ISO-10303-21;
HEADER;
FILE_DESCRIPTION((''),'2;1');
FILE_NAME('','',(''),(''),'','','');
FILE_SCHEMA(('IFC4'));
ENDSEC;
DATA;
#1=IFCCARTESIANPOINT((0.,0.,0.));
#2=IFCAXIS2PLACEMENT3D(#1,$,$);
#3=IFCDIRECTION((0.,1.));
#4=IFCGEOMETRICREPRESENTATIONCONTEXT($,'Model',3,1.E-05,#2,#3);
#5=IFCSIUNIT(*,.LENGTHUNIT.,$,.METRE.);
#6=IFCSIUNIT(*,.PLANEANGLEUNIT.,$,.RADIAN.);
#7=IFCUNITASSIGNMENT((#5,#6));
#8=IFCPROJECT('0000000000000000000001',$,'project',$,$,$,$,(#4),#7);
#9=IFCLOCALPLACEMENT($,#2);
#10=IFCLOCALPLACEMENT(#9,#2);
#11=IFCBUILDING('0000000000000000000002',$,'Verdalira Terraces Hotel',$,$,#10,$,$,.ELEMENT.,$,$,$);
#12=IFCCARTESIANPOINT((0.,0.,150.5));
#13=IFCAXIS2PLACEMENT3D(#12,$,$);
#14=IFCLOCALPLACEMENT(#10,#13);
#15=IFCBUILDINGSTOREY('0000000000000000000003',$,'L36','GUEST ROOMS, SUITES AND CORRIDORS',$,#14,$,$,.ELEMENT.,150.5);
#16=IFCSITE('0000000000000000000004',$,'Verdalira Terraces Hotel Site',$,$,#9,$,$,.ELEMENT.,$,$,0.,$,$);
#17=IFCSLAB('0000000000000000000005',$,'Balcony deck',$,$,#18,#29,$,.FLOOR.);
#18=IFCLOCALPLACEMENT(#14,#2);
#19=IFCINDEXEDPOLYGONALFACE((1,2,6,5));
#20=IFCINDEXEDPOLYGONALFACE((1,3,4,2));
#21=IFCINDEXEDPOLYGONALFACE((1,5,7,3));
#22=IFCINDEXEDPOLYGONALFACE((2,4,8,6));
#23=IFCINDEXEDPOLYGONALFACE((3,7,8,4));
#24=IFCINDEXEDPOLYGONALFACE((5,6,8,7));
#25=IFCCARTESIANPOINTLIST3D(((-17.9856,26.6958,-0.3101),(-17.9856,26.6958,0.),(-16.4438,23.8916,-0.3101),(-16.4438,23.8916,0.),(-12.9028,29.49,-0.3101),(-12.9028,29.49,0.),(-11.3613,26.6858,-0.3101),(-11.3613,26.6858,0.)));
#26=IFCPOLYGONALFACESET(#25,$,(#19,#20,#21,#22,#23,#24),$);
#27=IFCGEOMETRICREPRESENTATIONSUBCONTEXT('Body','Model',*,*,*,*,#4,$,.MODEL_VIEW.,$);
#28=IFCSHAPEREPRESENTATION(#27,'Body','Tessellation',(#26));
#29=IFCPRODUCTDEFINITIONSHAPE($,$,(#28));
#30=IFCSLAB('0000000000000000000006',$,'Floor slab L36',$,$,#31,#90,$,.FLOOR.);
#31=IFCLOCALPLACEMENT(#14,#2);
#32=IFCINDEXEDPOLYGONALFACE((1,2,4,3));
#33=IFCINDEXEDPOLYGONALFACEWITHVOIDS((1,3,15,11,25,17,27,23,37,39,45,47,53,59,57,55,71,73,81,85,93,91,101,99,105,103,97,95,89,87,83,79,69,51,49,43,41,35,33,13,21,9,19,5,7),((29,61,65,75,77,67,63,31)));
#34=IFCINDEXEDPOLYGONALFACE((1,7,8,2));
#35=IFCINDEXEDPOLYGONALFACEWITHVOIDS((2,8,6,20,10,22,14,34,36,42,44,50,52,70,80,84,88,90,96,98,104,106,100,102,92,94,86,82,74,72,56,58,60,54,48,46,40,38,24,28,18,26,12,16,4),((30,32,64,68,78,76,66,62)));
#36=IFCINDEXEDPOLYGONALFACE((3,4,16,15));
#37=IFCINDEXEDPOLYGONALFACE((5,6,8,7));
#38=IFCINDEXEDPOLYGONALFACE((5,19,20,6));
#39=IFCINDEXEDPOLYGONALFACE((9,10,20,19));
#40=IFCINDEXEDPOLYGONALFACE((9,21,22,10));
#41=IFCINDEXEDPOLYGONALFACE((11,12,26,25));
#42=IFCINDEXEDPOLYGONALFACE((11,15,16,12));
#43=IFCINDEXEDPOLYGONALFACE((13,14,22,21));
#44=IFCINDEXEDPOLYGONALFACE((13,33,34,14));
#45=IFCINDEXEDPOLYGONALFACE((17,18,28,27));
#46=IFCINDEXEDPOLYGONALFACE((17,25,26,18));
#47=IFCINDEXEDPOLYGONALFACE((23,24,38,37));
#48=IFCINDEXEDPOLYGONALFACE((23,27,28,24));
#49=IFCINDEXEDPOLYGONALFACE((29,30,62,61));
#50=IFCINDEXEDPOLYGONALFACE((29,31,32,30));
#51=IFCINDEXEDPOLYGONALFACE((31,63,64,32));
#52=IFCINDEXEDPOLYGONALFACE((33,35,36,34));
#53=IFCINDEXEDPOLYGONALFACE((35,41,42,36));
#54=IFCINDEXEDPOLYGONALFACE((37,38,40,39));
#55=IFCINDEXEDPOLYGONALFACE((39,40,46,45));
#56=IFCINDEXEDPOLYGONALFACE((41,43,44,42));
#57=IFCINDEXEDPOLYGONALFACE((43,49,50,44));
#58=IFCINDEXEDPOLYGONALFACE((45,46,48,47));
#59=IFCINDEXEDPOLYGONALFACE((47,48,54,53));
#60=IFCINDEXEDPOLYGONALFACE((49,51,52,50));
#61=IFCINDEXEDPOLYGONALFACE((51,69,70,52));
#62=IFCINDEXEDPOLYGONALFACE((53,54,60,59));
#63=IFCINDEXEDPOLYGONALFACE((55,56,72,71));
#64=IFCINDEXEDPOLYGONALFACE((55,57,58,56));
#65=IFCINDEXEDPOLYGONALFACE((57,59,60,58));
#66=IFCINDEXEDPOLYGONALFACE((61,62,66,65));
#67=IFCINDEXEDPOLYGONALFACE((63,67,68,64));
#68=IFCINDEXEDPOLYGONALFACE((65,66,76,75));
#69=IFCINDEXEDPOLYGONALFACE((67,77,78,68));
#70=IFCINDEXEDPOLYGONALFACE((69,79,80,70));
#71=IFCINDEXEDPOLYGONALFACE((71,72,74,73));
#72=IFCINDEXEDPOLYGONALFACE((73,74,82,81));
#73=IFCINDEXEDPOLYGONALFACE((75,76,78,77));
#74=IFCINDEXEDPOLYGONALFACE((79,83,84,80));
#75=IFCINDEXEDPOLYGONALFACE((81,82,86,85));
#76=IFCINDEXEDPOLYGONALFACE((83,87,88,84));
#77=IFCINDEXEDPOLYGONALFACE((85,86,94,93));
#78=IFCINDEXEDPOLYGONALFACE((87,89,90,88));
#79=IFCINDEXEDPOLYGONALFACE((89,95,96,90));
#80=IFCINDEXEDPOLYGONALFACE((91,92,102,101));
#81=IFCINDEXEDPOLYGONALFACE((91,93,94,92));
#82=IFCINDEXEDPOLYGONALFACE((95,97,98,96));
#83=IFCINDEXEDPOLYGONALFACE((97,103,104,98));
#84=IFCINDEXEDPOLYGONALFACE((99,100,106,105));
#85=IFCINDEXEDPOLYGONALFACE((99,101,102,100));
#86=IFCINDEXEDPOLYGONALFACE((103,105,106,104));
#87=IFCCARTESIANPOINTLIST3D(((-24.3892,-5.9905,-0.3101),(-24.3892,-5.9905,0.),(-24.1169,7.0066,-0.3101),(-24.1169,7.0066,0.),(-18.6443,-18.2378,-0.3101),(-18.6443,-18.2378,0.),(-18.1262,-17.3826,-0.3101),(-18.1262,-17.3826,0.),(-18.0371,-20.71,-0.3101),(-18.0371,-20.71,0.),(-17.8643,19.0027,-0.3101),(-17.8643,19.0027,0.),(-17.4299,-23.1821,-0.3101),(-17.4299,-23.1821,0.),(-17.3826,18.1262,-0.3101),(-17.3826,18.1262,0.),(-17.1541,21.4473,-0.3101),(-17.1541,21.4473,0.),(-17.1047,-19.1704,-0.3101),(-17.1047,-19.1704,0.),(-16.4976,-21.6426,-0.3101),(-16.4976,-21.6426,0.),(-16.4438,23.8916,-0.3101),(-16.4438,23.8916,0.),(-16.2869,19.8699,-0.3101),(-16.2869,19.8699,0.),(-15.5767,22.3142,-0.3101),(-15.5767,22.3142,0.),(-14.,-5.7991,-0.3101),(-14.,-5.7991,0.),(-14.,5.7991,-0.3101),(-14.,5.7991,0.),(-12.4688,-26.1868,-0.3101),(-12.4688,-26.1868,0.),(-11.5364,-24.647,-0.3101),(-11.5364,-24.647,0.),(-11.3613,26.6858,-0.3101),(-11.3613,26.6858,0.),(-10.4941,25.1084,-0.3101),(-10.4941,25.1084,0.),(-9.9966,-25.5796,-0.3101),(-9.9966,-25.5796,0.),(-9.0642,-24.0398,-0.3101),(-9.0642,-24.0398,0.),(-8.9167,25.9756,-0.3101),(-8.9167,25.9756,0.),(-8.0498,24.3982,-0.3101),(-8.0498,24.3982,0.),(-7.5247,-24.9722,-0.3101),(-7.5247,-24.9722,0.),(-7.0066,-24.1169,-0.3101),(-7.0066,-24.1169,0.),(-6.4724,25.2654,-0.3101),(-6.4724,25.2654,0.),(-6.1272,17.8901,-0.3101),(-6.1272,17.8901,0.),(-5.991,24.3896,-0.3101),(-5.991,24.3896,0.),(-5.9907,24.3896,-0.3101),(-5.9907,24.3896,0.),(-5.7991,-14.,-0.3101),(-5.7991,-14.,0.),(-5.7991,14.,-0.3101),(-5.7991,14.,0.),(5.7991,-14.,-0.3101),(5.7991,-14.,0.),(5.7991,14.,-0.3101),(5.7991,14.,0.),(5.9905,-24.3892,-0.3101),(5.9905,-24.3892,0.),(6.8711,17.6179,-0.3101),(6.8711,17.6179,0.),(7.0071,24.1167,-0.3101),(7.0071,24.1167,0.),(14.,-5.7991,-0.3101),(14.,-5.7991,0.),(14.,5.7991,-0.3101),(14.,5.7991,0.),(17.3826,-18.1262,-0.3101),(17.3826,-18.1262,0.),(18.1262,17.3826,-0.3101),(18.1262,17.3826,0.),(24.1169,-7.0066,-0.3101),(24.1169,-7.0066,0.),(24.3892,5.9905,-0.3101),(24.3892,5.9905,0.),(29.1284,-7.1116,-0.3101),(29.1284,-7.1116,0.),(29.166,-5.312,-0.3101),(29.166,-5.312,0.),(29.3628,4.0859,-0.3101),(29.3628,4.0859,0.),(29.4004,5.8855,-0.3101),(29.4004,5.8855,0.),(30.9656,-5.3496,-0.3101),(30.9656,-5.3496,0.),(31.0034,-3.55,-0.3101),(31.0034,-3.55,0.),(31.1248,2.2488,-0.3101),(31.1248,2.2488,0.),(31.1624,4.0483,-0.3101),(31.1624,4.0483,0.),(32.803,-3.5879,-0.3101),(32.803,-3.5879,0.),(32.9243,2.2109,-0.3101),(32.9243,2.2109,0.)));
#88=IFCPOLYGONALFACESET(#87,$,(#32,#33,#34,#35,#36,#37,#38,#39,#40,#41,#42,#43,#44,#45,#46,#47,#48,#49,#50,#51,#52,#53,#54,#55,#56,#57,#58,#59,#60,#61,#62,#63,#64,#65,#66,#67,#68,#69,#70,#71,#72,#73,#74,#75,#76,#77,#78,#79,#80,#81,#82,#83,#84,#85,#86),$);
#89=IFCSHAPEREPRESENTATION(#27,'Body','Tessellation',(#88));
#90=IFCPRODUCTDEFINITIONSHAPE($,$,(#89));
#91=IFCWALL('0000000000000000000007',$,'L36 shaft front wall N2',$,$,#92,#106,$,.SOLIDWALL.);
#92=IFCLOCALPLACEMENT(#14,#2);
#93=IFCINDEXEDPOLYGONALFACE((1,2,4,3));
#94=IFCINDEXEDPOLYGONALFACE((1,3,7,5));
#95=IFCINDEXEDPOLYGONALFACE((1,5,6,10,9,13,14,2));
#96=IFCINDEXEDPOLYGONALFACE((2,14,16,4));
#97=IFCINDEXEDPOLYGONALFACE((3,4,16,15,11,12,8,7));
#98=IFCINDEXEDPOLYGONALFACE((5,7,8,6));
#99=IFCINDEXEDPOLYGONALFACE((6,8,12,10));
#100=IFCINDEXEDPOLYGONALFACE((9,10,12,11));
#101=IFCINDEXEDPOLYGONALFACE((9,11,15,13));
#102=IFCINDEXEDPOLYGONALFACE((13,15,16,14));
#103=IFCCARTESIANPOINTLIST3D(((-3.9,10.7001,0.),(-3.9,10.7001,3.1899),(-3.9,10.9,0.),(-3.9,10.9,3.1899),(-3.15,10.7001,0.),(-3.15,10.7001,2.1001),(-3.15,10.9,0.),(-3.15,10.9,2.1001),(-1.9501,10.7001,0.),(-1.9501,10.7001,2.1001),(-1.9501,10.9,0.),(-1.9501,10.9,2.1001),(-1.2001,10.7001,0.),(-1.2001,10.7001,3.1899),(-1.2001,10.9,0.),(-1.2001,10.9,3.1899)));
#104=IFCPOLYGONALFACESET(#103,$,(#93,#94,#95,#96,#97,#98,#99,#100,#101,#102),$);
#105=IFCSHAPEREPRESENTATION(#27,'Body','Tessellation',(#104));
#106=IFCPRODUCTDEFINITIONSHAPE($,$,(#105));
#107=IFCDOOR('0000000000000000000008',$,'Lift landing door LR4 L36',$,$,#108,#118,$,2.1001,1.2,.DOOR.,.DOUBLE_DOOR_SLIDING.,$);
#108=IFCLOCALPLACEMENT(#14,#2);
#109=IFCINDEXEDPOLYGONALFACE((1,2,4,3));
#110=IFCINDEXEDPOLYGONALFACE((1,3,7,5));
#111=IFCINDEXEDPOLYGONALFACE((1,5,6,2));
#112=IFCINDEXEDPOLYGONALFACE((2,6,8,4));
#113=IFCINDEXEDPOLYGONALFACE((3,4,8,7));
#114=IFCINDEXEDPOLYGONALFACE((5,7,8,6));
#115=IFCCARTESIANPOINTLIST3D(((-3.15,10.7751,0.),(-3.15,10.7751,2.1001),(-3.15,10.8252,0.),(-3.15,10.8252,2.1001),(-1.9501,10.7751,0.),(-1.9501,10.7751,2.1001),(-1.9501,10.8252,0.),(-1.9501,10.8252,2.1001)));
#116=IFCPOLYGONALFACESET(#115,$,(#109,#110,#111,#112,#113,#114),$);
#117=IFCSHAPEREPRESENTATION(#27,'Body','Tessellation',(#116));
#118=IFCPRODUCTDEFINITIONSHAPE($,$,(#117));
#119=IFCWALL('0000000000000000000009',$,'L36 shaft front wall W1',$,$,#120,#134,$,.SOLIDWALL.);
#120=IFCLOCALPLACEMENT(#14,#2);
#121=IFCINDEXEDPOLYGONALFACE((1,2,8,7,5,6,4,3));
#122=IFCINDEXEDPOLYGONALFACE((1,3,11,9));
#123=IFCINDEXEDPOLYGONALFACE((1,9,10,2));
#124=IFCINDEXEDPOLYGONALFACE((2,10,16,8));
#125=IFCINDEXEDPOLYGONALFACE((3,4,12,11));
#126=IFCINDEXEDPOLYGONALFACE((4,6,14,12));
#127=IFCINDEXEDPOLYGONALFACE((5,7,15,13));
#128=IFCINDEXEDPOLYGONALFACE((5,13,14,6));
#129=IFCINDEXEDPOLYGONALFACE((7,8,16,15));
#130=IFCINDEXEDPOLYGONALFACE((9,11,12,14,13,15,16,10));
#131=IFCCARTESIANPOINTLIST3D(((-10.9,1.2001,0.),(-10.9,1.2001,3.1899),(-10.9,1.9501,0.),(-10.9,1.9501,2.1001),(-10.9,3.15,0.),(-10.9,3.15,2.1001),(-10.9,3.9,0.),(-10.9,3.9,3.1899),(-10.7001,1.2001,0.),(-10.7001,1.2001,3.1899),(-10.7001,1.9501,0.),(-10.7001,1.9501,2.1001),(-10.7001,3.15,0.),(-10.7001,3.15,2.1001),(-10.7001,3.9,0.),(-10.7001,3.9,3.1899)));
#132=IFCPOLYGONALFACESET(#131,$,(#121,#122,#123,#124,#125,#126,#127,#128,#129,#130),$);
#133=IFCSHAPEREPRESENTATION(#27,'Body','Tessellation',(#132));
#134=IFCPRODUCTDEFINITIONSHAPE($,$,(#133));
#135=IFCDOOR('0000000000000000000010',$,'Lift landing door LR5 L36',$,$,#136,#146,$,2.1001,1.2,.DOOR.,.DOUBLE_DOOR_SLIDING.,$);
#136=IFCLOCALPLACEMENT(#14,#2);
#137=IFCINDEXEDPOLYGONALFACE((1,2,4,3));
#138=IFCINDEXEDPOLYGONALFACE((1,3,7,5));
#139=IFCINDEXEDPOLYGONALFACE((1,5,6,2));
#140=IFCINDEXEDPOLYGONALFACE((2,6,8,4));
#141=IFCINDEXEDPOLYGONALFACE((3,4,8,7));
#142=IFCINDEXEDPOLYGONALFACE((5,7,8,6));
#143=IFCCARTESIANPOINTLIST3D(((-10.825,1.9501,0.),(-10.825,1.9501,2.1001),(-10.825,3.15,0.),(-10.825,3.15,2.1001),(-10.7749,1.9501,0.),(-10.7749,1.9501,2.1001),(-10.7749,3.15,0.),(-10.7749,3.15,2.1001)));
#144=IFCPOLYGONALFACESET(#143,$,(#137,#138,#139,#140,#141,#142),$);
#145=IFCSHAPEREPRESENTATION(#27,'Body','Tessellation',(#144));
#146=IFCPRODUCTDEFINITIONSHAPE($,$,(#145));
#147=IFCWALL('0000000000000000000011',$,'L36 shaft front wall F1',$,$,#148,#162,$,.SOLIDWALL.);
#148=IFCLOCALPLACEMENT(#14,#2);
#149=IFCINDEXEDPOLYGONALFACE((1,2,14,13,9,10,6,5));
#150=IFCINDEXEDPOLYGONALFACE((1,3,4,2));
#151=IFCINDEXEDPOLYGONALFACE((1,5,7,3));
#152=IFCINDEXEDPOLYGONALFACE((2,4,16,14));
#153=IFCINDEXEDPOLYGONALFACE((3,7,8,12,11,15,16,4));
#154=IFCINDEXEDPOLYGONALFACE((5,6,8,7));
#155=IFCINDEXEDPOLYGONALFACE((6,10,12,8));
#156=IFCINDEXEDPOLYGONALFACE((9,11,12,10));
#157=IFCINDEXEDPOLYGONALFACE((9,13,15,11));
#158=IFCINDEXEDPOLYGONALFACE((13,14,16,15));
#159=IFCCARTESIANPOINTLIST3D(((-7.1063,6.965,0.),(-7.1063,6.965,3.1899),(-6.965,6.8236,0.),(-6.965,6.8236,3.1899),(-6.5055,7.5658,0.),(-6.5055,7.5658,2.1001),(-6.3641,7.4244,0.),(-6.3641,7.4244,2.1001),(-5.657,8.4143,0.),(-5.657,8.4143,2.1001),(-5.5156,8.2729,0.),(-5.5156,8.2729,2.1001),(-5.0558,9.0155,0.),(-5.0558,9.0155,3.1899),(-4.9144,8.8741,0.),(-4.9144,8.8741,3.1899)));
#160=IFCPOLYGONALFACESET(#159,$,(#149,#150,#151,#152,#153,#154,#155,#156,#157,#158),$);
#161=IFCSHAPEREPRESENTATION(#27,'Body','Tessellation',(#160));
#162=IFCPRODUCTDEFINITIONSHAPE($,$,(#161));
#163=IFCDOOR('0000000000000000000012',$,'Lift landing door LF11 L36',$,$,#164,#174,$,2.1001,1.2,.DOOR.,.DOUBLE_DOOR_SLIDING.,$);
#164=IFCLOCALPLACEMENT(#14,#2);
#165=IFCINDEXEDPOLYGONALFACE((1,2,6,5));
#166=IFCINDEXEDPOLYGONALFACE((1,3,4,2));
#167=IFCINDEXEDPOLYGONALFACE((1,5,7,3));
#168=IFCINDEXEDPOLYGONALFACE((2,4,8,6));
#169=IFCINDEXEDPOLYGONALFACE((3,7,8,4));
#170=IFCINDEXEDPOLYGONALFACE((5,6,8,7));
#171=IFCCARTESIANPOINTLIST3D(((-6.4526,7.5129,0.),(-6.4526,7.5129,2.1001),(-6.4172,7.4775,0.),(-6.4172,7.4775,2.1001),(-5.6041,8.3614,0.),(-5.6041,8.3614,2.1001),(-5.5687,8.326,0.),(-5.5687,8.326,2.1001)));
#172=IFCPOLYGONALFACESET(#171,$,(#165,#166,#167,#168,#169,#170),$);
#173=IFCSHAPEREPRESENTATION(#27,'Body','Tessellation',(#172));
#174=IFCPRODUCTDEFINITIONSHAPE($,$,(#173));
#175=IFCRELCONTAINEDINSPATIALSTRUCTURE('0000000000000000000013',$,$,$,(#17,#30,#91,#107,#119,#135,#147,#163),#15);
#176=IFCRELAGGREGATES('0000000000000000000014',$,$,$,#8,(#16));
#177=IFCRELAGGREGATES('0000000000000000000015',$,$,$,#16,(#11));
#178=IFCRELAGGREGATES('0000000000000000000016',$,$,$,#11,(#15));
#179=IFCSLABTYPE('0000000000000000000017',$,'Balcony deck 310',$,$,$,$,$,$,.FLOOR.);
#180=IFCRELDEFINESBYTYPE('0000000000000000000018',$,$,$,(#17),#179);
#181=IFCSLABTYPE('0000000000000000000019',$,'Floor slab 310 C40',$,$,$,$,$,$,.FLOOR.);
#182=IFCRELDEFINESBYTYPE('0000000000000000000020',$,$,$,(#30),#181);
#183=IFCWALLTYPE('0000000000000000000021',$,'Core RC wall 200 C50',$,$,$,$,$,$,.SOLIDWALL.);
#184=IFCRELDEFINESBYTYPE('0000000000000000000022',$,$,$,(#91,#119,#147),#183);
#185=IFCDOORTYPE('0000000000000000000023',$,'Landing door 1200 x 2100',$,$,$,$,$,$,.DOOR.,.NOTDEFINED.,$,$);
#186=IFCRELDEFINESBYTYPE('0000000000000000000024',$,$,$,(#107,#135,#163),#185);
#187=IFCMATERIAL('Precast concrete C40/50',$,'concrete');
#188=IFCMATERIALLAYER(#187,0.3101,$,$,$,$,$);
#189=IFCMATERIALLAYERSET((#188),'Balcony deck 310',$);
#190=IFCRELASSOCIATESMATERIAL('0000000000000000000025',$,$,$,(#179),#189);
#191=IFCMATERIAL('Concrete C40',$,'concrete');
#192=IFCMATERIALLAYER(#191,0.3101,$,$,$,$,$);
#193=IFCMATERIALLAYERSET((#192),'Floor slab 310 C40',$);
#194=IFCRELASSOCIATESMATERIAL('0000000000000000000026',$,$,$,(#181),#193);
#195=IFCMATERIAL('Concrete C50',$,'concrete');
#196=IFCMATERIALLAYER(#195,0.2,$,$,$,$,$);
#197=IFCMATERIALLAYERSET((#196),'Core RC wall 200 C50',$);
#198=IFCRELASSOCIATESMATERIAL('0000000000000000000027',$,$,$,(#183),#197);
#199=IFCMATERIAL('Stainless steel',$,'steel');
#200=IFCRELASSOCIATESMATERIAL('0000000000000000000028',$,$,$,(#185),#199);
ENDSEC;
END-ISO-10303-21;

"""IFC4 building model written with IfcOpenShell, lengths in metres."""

from ifc_helpers import new_model, si_unit, direction, frame, frame_2d, origin, place, context, subcontext, project, spatial, polyline, rectangle, outline, extrude, material, layer, layer_set, type_object, element, fill, save


model = new_model("IFC4")

# Units and contexts
model_context = context("Model", 3, precision=1e-05, world=origin(), true_north=direction((0.0, 1.0)))
body_context = subcontext(model_context, "Body", "Model", "MODEL_VIEW")
ifc_project = project(units=[si_unit("LENGTHUNIT", "METRE"), si_unit("PLANEANGLEUNIT", "RADIAN")], contexts=[model_context])

# Site, building, storey
site_placement = place(None, origin())
site = spatial("IfcSite", under=ifc_project, at=site_placement, Name="Verdalira Terraces Hotel Site", CompositionType="ELEMENT", RefElevation=0.0)
building_placement = place(site_placement, origin())
building = spatial("IfcBuilding", under=site, at=building_placement, Name="Verdalira Terraces Hotel", CompositionType="ELEMENT")
storey_placement = place(building_placement, frame((0.0, 0.0, 150.5)))
storey = spatial("IfcBuildingStorey", under=building, at=storey_placement, Name="L36", Description="GUEST ROOMS, SUITES AND CORRIDORS", CompositionType="ELEMENT", Elevation=150.5)

# Slabs
ifc_material_1 = material(Name="Precast concrete C40/50", Category="concrete")
ifc_layer_1 = layer(ifc_material_1, 0.3101)
ifc_layer_set_1 = layer_set([ifc_layer_1], Name="Balcony deck 310")
slab_type_1 = type_object("IfcSlabType", Name="Balcony deck 310", PredefinedType="FLOOR", material=ifc_layer_set_1)
slab_1_placement = place(storey_placement, frame((0.0, 0.0, -0.3101)))
element("IfcSlab", 1, at=slab_1_placement, inside=storey, type_object=slab_type_1, Name="Balcony deck", PredefinedType="FLOOR", context=body_context, shape_type="SweptSolid", body=[
    extrude(outline(polyline([(-17.9856, 26.6958), (-16.4438, 23.8916), (-11.3613, 26.6858), (-12.9028, 29.49), (-17.9856, 26.6958)])), origin(), (0.0, 0.0, 1.0), 0.3101),
])
ifc_material_2 = material(Name="Concrete C40", Category="concrete")
ifc_layer_2 = layer(ifc_material_2, 0.3101)
ifc_layer_set_2 = layer_set([ifc_layer_2], Name="Floor slab 310 C40")
slab_type_2 = type_object("IfcSlabType", Name="Floor slab 310 C40", PredefinedType="FLOOR", material=ifc_layer_set_2)
slab_2_placement = place(storey_placement, frame((0.0, 0.0, -0.3101)))
element("IfcSlab", 2, at=slab_2_placement, inside=storey, type_object=slab_type_2, Name="Floor slab L36", PredefinedType="FLOOR", context=body_context, shape_type="SweptSolid", body=[
    extrude(outline(polyline([(24.3892, 5.9905), (18.1262, 17.3826), (7.0071, 24.1167), (6.8711, 17.6179), (-6.1272, 17.8901), (-5.991, 24.3896), (-5.9907, 24.3896), (-6.4724, 25.2654), (-8.0498, 24.3982), (-8.9167, 25.9756), (-10.4941, 25.1084), (-11.3613, 26.6858), (-16.4438, 23.8916), (-15.5767, 22.3142), (-17.1541, 21.4473), (-16.2869, 19.8699), (-17.8643, 19.0027), (-17.3826, 18.1262), (-24.1169, 7.0066), (-24.3892, -5.9905), (-18.1262, -17.3826), (-18.6443, -18.2378), (-17.1047, -19.1704), (-18.0371, -20.71), (-16.4976, -21.6426), (-17.4299, -23.1821), (-12.4688, -26.1868), (-11.5364, -24.647), (-9.9966, -25.5796), (-9.0642, -24.0398), (-7.5247, -24.9722), (-7.0066, -24.1169), (5.9905, -24.3892), (17.3826, -18.1262), (24.1169, -7.0066), (29.1284, -7.1116), (29.166, -5.312), (30.9656, -5.3496), (31.0034, -3.55), (32.803, -3.5879), (32.9243, 2.2109), (31.1248, 2.2488), (31.1624, 4.0483), (29.3628, 4.0859), (29.4004, 5.8855), (24.3892, 5.9905)]), holes=[polyline([(5.7991, 14.0), (14.0, 5.7991), (14.0, -5.7991), (5.7991, -14.0), (-5.7991, -14.0), (-14.0, -5.7991), (-14.0, 5.7991), (-5.7991, 14.0), (5.7991, 14.0)])]), origin(), (0.0, 0.0, 1.0), 0.3101),
])

# Walls, openings, doors
ifc_material_3 = material(Name="Concrete C50", Category="concrete")
ifc_layer_3 = layer(ifc_material_3, 0.2)
ifc_layer_set_3 = layer_set([ifc_layer_3], Name="Core RC wall 200 C50")
wall_type_1 = type_object("IfcWallType", Name="Core RC wall 200 C50", PredefinedType="SOLIDWALL", material=ifc_layer_set_3)
wall_1_placement = place(storey_placement, frame((-1.2, 10.8, 0.0), z_axis=(0.0, 0.0, 1.0), x_axis=(-1.0, 0.0, 0.0)))
wall_1 = element("IfcWall", 3, at=wall_1_placement, inside=storey, type_object=wall_type_1, Name="L36 shaft front wall N2", PredefinedType="SOLIDWALL", context=body_context, shape_type="SweptSolid", body=[
    extrude(rectangle(XDim=2.7, YDim=0.2, at=frame_2d((1.3501, 0.0))), origin(), (0.0, 0.0, 1.0), 3.1899),
])
opening_1_placement = place(wall_1_placement, frame((0.75, 0.0, 0.0)))
opening_1 = element("IfcOpeningElement", 4, at=opening_1_placement, cuts=wall_1, PredefinedType="OPENING", context=body_context, shape_type="SweptSolid", body=[
    extrude(rectangle(XDim=1.2, YDim=2.1001, at=frame_2d((0.6001, 1.05))), frame((0.0, 0.1099, 0.0), z_axis=(0.0, -1.0, 0.0), x_axis=(1.0, 0.0, 0.0)), (0.0, 0.0, 1.0), 0.22),
])
ifc_material_4 = material(Name="Stainless steel", Category="steel")
door_type_1 = type_object("IfcDoorType", Name="Landing door 1200 x 2100", OperationType="NOTDEFINED", PredefinedType="DOOR", material=ifc_material_4)
door_1_placement = place(opening_1_placement, origin())
door_1 = element("IfcDoor", 5, at=door_1_placement, inside=storey, type_object=door_type_1, Name="Lift landing door LR4 L36", OperationType="DOUBLE_DOOR_SLIDING", OverallHeight=2.1001, OverallWidth=1.2, PredefinedType="DOOR", context=body_context, shape_type="SweptSolid", body=[
    extrude(rectangle(XDim=1.2, YDim=2.1001, at=frame_2d((0.6001, 1.05))), frame((0.0, 0.0249, 0.0), z_axis=(0.0, -1.0, 0.0), x_axis=(1.0, 0.0, 0.0)), (0.0, 0.0, 1.0), 0.05),
])
fill(opening_1, door_1)
wall_2_placement = place(storey_placement, frame((-10.8, 1.2, 0.0), z_axis=(0.0, 0.0, 1.0), x_axis=(0.0, 1.0, 0.0)))
wall_2 = element("IfcWall", 6, at=wall_2_placement, inside=storey, type_object=wall_type_1, Name="L36 shaft front wall W1", PredefinedType="SOLIDWALL", context=body_context, shape_type="SweptSolid", body=[
    extrude(rectangle(XDim=2.7, YDim=0.2, at=frame_2d((1.3501, 0.0))), origin(), (0.0, 0.0, 1.0), 3.1899),
])
opening_2_placement = place(wall_2_placement, frame((0.75, 0.0, 0.0)))
opening_2 = element("IfcOpeningElement", 7, at=opening_2_placement, cuts=wall_2, PredefinedType="OPENING", context=body_context, shape_type="SweptSolid", body=[
    extrude(rectangle(XDim=1.2, YDim=2.1001, at=frame_2d((0.6001, 1.05))), frame((0.0, 0.1099, 0.0), z_axis=(0.0, -1.0, 0.0), x_axis=(1.0, 0.0, 0.0)), (0.0, 0.0, 1.0), 0.22),
])
door_2_placement = place(opening_2_placement, origin())
door_2 = element("IfcDoor", 8, at=door_2_placement, inside=storey, type_object=door_type_1, Name="Lift landing door LR5 L36", OperationType="DOUBLE_DOOR_SLIDING", OverallHeight=2.1001, OverallWidth=1.2, PredefinedType="DOOR", context=body_context, shape_type="SweptSolid", body=[
    extrude(rectangle(XDim=1.2, YDim=2.1001, at=frame_2d((0.6001, 1.05))), frame((0.0, 0.0249, 0.0), z_axis=(0.0, -1.0, 0.0), x_axis=(1.0, 0.0, 0.0)), (0.0, 0.0, 1.0), 0.05),
])
fill(opening_2, door_2)
wall_3_placement = place(storey_placement, frame((-4.9851, 8.9448, 0.0), z_axis=(0.0, 0.0, 1.0), x_axis=(-0.707107, -0.707107, 0.0)))
wall_3 = element("IfcWall", 9, at=wall_3_placement, inside=storey, type_object=wall_type_1, Name="L36 shaft front wall F1", PredefinedType="SOLIDWALL", context=body_context, shape_type="SweptSolid", body=[
    extrude(rectangle(XDim=2.8999, YDim=0.2, at=frame_2d((1.45, 0.0))), origin(), (0.0, 0.0, 1.0), 3.1899),
])
opening_3_placement = place(wall_3_placement, frame((0.8501, 0.0, 0.0)))
opening_3 = element("IfcOpeningElement", 10, at=opening_3_placement, cuts=wall_3, PredefinedType="OPENING", context=body_context, shape_type="SweptSolid", body=[
    extrude(rectangle(XDim=1.2, YDim=2.1001, at=frame_2d((0.6001, 1.05))), frame((0.0, 0.1099, 0.0), z_axis=(0.0, -1.0, 0.0), x_axis=(1.0, 0.0, 0.0)), (0.0, 0.0, 1.0), 0.22),
])
door_3_placement = place(opening_3_placement, origin())
door_3 = element("IfcDoor", 11, at=door_3_placement, inside=storey, type_object=door_type_1, Name="Lift landing door LF11 L36", OperationType="DOUBLE_DOOR_SLIDING", OverallHeight=2.1001, OverallWidth=1.2, PredefinedType="DOOR", context=body_context, shape_type="SweptSolid", body=[
    extrude(rectangle(XDim=1.2, YDim=2.1001, at=frame_2d((0.6001, 1.05))), frame((0.0, 0.0249, 0.0), z_axis=(0.0, -1.0, 0.0), x_axis=(1.0, 0.0, 0.0)), (0.0, 0.0, 1.0), 0.05),
])
fill(opening_3, door_3)

save(model, "model.ifc")
